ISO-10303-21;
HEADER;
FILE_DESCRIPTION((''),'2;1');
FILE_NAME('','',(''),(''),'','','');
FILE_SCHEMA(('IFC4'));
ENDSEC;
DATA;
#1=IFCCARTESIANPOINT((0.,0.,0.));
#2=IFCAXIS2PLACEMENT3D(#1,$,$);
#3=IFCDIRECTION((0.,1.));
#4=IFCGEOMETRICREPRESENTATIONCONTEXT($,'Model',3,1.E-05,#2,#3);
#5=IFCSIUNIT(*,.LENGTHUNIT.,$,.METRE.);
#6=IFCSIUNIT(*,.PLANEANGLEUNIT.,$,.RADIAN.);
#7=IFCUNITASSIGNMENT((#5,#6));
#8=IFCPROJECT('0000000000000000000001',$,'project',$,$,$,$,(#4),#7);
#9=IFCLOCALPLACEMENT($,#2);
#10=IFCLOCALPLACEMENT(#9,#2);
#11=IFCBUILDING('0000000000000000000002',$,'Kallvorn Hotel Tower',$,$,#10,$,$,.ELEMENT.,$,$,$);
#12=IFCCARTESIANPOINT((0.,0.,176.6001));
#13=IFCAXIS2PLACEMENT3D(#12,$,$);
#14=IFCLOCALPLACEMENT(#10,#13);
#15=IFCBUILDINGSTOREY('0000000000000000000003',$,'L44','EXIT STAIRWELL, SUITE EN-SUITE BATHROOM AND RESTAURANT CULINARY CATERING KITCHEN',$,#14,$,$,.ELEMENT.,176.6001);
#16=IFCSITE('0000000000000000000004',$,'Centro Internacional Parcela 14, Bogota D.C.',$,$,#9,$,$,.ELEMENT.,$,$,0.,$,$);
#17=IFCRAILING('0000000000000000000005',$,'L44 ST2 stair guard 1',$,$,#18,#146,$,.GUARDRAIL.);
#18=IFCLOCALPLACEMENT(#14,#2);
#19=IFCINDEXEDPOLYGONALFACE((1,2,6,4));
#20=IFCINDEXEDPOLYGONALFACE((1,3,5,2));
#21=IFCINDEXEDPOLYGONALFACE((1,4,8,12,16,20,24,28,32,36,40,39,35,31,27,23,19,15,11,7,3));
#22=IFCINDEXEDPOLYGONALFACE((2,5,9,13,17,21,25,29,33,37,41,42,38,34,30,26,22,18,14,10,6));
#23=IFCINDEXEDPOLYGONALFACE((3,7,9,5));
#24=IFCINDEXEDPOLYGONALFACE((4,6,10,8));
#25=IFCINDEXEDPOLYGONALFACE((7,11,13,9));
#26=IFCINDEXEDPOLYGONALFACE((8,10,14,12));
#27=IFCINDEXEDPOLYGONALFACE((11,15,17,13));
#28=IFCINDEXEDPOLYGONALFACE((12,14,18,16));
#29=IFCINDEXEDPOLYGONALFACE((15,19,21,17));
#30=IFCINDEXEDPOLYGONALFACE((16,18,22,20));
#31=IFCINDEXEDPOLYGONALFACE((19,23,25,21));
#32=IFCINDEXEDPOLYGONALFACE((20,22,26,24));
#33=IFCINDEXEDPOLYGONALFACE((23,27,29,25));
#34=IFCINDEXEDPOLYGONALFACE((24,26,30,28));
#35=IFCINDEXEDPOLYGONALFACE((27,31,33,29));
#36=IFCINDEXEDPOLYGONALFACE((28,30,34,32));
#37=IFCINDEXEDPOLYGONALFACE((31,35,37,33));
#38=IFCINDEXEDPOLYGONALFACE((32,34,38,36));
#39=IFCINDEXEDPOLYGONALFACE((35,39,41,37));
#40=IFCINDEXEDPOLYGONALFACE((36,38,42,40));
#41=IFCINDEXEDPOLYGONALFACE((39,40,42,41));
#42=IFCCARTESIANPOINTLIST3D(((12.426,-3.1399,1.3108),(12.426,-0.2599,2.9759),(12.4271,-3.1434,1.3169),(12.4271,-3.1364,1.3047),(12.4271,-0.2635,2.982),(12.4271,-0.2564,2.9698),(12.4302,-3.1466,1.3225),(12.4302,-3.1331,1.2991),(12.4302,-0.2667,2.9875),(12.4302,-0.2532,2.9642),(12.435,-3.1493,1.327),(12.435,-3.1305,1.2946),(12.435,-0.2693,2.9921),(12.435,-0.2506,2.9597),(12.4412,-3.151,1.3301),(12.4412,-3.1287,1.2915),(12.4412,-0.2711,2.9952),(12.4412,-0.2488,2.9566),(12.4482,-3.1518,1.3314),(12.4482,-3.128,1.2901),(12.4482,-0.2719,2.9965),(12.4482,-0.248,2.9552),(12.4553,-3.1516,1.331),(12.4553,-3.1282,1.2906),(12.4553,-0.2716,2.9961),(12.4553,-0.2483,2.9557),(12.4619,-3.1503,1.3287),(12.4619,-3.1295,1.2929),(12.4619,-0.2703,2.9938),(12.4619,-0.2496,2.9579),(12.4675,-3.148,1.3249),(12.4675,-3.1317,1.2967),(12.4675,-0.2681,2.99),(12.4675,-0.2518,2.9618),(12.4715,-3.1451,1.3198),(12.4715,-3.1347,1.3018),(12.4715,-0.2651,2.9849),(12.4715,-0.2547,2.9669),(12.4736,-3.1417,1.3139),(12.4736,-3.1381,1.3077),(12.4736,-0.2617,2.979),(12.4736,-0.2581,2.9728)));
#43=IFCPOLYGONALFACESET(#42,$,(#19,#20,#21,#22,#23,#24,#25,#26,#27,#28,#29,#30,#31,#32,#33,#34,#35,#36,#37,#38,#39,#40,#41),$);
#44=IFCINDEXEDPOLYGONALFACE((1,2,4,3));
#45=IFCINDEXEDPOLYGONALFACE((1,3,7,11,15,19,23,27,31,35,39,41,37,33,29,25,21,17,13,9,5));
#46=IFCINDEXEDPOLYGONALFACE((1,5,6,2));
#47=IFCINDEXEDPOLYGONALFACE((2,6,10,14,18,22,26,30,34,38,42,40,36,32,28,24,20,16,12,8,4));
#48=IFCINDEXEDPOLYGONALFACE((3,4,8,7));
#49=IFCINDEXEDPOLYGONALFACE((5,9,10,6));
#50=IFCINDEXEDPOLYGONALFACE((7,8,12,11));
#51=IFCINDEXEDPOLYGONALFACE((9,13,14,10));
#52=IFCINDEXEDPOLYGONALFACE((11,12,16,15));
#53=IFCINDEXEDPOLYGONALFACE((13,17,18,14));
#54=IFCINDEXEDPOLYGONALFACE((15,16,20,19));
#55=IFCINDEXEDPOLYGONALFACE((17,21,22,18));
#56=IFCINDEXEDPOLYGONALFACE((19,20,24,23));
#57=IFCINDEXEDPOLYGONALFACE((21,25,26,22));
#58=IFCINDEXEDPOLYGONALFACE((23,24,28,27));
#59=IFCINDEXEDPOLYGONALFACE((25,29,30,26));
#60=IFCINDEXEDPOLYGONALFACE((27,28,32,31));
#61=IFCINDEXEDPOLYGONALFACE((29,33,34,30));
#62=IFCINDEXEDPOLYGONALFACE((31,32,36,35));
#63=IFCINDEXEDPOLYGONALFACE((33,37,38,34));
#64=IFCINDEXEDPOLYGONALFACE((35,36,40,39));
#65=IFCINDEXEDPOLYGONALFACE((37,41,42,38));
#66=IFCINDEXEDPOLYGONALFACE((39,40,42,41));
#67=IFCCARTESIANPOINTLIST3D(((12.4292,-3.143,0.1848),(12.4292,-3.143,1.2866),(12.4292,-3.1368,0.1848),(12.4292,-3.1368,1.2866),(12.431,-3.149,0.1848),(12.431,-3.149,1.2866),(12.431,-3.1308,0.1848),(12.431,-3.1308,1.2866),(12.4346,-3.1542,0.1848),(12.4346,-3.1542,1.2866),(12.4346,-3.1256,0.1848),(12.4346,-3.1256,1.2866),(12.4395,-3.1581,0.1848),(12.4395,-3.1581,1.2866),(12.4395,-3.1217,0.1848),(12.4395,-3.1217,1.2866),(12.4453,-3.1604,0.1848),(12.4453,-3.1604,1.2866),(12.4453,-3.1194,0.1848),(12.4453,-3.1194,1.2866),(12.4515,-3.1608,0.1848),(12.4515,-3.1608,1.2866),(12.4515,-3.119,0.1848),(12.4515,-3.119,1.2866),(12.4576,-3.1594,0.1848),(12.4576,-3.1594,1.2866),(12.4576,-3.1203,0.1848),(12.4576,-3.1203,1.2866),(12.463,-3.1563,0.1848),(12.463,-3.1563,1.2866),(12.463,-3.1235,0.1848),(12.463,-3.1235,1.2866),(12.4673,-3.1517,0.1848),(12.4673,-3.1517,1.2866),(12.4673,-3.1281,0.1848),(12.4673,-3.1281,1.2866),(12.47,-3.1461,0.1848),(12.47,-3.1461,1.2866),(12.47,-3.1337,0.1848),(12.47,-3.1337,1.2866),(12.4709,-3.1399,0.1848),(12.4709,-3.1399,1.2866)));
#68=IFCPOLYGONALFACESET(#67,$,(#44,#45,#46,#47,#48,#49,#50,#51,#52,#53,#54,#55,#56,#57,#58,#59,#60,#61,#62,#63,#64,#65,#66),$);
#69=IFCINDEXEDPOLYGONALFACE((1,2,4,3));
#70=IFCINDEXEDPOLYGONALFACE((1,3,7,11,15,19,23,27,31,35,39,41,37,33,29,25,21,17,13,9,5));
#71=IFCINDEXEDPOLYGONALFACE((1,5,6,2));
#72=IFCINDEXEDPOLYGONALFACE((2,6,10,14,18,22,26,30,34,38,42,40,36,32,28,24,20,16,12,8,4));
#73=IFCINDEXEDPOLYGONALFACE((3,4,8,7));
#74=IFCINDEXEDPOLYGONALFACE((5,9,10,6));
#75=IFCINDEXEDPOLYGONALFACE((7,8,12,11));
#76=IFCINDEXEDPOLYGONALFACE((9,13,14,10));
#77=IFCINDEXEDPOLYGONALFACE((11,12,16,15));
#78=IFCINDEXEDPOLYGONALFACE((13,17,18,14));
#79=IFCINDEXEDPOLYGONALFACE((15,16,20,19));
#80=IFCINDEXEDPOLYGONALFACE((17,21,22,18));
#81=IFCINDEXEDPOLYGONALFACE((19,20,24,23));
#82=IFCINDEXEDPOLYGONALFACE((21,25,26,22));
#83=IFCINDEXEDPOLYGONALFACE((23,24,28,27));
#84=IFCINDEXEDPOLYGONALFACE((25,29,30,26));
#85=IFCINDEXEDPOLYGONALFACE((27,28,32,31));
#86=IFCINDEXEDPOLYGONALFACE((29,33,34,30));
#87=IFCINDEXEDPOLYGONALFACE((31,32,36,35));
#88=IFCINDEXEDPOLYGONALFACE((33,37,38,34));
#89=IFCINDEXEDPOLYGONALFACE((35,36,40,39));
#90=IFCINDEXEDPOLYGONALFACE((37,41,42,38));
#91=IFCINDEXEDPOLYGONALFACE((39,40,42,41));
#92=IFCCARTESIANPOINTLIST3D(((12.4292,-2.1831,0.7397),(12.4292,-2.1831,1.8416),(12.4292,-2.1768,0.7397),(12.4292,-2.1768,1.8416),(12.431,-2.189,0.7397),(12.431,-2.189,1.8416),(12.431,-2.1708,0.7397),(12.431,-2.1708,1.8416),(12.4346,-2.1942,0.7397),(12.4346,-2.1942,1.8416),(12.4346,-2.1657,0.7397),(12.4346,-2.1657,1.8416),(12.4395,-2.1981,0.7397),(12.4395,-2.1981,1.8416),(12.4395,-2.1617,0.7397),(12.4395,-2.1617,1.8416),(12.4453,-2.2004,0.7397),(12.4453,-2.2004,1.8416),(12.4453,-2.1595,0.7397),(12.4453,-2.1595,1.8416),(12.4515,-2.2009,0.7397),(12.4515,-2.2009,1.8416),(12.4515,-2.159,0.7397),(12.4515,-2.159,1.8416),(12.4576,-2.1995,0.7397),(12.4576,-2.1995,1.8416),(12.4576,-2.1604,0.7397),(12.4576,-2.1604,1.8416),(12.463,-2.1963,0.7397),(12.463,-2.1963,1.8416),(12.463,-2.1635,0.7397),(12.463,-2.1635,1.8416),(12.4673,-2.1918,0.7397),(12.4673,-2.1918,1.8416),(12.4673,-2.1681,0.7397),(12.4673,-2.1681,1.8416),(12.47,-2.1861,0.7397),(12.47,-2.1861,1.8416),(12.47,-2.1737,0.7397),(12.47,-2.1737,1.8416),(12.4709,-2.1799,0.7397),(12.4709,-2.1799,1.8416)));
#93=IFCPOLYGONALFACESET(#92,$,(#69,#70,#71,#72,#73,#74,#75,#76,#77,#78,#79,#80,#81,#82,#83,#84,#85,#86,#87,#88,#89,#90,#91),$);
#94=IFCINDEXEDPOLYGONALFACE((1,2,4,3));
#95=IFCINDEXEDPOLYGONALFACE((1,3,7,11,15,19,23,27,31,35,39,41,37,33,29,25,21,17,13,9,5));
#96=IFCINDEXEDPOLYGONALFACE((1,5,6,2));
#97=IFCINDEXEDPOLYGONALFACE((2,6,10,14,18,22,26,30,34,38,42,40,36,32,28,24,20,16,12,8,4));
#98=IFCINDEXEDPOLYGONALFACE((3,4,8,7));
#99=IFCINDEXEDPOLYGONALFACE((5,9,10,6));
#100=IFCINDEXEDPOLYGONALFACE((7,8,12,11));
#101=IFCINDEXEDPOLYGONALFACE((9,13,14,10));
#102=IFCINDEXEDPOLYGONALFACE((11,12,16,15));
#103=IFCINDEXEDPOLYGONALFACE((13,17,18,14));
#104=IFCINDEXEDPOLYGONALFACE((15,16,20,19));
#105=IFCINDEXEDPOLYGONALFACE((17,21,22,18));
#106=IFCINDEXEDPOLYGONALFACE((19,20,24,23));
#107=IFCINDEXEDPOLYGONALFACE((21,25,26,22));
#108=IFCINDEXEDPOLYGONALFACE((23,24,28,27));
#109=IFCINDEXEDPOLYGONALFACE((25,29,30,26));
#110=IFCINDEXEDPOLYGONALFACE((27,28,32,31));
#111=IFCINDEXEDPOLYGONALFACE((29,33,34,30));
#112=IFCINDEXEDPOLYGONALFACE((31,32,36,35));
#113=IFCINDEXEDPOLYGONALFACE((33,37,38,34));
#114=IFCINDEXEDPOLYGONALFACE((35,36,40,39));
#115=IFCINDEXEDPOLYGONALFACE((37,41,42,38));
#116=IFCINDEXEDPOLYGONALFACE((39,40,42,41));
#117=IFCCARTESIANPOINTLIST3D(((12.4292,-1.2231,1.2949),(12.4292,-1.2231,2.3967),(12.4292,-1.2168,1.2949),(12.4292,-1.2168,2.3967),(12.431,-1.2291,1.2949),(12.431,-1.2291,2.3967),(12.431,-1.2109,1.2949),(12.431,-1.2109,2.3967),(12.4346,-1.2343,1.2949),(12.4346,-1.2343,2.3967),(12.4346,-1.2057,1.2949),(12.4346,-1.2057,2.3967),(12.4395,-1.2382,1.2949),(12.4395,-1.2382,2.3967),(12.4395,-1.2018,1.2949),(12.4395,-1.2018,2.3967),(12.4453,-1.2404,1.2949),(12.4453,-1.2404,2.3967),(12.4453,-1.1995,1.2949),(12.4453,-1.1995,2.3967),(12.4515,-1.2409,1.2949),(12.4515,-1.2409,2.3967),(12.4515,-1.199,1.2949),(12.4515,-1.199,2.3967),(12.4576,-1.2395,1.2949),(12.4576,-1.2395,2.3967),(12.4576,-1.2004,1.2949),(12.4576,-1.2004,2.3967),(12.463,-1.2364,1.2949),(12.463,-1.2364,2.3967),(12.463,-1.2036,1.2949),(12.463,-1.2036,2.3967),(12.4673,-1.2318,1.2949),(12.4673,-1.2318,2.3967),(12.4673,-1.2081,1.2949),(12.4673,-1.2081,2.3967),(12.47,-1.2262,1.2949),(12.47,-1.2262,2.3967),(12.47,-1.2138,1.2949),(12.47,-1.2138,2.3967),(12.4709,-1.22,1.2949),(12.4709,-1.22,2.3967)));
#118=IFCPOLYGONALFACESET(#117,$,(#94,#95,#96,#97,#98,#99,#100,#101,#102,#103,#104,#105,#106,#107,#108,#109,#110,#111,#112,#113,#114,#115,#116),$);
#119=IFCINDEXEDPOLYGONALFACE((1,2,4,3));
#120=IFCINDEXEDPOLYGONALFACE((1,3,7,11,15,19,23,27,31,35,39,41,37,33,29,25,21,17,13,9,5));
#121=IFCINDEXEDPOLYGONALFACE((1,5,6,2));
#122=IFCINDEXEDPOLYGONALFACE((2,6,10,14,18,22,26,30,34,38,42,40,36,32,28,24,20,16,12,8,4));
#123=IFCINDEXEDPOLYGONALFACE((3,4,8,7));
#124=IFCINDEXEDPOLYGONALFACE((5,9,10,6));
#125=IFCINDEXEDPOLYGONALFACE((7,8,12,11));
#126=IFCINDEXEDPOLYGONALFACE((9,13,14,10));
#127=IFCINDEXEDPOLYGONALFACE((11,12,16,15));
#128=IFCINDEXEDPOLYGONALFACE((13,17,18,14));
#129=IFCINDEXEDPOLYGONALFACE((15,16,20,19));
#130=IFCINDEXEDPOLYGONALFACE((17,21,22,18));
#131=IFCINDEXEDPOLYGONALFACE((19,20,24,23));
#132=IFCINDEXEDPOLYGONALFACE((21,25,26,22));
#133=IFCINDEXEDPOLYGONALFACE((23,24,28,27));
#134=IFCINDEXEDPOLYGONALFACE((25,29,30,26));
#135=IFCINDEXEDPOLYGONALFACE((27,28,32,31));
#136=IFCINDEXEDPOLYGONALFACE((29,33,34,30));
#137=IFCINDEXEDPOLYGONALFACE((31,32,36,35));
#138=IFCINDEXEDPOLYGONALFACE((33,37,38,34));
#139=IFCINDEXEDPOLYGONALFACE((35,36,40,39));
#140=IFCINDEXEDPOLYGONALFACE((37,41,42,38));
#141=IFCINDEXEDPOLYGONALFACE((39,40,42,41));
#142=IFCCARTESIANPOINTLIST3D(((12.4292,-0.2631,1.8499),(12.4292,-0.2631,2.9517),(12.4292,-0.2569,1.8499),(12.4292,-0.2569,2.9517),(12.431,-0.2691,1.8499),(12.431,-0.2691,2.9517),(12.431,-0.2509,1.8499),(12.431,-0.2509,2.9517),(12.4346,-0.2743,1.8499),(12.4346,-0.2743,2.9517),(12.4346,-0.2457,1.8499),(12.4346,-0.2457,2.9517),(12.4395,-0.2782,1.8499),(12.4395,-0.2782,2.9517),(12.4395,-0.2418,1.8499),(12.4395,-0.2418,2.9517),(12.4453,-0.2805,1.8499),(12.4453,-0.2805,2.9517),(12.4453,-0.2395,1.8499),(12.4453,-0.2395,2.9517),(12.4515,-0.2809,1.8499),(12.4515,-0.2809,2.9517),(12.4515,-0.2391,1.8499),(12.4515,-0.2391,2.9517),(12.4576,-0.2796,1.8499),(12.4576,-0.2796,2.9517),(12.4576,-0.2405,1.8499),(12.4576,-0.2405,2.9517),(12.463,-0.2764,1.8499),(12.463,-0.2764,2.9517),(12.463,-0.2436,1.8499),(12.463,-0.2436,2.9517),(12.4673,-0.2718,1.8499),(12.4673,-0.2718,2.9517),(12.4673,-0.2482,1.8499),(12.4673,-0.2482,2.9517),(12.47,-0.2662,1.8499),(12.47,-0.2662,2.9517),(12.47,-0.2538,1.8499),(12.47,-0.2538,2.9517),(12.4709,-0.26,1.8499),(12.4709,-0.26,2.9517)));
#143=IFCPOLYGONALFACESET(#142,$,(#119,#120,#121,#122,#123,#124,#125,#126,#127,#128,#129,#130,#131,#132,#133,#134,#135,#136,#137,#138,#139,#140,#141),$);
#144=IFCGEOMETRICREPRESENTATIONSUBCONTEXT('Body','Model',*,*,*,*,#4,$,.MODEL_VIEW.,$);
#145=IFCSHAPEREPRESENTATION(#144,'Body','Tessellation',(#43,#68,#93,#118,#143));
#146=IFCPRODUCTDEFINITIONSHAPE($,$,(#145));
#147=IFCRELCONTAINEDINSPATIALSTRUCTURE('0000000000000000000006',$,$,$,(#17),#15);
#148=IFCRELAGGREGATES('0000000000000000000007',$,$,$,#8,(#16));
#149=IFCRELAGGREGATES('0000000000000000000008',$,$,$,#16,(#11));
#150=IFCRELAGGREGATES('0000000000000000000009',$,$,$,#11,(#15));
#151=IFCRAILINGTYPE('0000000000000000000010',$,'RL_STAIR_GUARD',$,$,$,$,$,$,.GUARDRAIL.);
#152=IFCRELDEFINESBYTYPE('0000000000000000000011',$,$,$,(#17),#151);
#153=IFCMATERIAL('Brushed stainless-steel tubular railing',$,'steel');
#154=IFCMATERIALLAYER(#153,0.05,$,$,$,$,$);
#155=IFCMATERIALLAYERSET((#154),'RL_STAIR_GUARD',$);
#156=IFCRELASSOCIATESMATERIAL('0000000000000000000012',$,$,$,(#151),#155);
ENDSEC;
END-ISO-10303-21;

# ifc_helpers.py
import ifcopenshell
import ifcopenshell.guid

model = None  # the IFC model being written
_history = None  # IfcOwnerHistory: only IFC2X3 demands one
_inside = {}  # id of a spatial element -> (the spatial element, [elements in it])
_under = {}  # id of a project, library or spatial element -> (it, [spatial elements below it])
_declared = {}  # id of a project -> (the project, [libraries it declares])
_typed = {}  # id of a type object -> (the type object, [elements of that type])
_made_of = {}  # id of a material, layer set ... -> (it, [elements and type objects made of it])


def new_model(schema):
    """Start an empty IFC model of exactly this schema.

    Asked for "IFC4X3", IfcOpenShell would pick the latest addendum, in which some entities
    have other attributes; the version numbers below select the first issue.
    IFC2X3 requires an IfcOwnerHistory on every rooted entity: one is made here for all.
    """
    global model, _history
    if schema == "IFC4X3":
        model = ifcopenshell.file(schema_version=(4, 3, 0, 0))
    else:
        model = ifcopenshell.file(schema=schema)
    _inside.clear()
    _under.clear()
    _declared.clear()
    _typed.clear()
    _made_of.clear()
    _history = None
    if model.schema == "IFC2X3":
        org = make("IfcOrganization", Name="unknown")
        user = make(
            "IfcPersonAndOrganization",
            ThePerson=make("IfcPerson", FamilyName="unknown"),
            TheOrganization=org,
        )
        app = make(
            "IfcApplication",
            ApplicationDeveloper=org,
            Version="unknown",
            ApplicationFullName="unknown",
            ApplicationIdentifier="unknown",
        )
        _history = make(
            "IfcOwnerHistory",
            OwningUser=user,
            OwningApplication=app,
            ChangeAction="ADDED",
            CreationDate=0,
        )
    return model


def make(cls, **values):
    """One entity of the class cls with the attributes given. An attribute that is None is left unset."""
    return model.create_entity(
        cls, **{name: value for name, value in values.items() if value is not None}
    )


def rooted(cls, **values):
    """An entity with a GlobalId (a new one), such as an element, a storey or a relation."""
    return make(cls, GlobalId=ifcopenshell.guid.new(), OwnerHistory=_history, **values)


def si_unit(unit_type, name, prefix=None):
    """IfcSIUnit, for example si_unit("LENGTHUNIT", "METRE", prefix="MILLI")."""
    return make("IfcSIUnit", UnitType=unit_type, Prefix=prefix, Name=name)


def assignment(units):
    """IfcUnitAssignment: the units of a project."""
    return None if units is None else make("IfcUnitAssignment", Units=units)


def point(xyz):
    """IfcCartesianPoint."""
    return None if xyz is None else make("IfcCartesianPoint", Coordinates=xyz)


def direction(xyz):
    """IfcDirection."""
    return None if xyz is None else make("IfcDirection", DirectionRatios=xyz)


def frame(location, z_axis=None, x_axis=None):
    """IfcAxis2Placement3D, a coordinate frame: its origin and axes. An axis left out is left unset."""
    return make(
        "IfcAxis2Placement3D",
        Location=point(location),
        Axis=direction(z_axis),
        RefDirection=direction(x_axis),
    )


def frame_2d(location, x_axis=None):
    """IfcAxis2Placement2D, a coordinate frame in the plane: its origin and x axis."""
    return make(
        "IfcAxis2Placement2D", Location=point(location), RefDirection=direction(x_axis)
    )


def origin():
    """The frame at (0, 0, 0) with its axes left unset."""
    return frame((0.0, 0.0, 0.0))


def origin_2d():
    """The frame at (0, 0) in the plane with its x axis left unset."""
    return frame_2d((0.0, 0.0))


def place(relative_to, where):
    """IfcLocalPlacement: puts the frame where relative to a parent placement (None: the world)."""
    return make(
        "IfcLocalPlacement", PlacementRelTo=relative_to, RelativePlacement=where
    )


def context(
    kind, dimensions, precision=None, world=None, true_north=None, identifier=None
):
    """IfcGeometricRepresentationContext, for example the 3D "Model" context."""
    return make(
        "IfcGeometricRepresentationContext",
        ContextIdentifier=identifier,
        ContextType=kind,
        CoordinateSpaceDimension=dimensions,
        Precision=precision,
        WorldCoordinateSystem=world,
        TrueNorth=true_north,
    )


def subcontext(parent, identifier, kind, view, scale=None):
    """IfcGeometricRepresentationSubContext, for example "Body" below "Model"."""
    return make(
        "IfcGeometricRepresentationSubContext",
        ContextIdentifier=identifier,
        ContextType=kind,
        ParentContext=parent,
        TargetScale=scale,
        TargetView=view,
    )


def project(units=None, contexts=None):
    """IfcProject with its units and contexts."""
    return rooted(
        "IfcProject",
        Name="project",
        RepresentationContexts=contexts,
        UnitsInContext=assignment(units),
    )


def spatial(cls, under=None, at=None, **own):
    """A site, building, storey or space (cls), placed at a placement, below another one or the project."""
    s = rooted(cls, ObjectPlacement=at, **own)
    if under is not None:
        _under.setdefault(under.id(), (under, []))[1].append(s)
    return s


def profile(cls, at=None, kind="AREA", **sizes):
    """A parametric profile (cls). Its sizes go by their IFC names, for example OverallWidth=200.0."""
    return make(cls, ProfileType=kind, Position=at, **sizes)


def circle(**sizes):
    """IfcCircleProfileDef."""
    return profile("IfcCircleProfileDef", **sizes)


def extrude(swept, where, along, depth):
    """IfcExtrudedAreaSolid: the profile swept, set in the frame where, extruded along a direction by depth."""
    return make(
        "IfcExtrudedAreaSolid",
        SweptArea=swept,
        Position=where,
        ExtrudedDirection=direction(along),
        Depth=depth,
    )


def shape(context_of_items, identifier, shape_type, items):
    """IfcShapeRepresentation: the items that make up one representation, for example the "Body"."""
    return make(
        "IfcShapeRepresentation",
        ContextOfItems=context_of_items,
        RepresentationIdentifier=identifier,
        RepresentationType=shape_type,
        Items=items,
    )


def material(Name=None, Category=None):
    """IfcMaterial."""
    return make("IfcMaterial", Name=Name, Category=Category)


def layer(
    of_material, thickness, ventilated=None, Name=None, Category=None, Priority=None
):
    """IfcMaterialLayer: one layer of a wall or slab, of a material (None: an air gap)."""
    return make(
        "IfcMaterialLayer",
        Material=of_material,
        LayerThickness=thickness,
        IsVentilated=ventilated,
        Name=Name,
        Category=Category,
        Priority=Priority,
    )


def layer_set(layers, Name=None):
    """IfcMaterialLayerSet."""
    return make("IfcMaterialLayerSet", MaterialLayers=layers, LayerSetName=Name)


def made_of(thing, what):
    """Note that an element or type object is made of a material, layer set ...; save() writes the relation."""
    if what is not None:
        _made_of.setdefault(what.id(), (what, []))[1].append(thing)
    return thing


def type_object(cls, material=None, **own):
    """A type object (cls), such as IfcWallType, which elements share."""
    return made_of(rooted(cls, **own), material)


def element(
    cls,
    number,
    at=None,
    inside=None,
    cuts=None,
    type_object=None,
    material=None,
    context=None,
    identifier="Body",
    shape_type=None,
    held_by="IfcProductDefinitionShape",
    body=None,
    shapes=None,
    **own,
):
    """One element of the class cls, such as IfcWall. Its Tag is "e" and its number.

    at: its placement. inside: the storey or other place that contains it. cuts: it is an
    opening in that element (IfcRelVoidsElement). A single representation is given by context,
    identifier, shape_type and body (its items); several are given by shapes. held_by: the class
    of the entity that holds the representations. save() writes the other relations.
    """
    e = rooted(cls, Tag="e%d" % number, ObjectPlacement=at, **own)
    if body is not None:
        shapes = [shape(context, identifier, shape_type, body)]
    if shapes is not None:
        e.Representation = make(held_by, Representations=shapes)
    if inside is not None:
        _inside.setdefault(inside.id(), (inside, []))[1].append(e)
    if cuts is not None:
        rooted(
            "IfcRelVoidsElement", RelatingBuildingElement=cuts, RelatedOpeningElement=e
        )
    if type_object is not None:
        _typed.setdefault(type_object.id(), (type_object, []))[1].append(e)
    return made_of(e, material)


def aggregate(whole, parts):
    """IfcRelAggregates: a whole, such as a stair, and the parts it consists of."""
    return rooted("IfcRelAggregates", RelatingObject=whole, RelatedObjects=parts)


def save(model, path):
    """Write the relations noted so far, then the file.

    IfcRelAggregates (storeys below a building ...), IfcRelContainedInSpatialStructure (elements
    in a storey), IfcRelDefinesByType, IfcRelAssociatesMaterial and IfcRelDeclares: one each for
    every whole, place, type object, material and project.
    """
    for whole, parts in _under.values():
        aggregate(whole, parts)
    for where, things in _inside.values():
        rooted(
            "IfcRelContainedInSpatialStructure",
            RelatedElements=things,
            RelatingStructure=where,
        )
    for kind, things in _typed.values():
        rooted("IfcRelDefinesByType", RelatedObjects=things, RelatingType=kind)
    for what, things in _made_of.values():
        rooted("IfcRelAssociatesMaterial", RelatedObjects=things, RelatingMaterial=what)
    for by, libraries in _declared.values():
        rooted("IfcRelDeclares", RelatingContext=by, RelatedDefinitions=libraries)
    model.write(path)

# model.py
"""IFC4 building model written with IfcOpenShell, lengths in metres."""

from ifc_helpers import new_model, si_unit, direction, frame, origin, origin_2d, place, context, subcontext, project, spatial, circle, extrude, material, layer, layer_set, type_object, element, save


model = new_model("IFC4")

# Units and contexts
model_context = context("Model", 3, precision=1e-05, world=origin(), true_north=direction((0.0, 1.0)))
body_context = subcontext(model_context, "Body", "Model", "MODEL_VIEW")
ifc_project = project(units=[si_unit("LENGTHUNIT", "METRE"), si_unit("PLANEANGLEUNIT", "RADIAN")], contexts=[model_context])

# Site, building, storey
site_placement = place(None, origin())
site = spatial("IfcSite", under=ifc_project, at=site_placement, Name="Centro Internacional Parcela 14, Bogota D.C.", CompositionType="ELEMENT", RefElevation=0.0)
building_placement = place(site_placement, origin())
building = spatial("IfcBuilding", under=site, at=building_placement, Name="Kallvorn Hotel Tower", CompositionType="ELEMENT")
storey_placement = place(building_placement, frame((0.0, 0.0, 176.6001)))
storey = spatial("IfcBuildingStorey", under=building, at=storey_placement, Name="L44", Description="EXIT STAIRWELL, SUITE EN-SUITE BATHROOM AND RESTAURANT CULINARY CATERING KITCHEN", CompositionType="ELEMENT", Elevation=176.6001)

# Railing
ifc_material_1 = material(Name="Brushed stainless-steel tubular railing", Category="steel")
ifc_layer_1 = layer(ifc_material_1, 0.05)
ifc_layer_set_1 = layer_set([ifc_layer_1], Name="RL_STAIR_GUARD")
railing_type_1 = type_object("IfcRailingType", Name="RL_STAIR_GUARD", PredefinedType="GUARDRAIL", material=ifc_layer_set_1)
railing_1_placement = place(storey_placement, frame((12.45, -3.1399, 0.1848)))
element("IfcRailing", 1, at=railing_1_placement, inside=storey, type_object=railing_type_1, Name="L44 ST2 stair guard 1", PredefinedType="GUARDRAIL", context=body_context, shape_type="SweptSolid", body=[
    extrude(circle(Radius=0.0239, at=origin_2d()), frame((0.0, 0.0, 1.126), z_axis=(0.0, 0.865721, 0.500527), x_axis=(-1.0, 0.0, 0.0)), (0.0, 0.0, 1.0), 3.3267),
    extrude(circle(Radius=0.021, at=origin_2d()), origin(), (0.0, 0.0, 1.0), 1.1018),
    extrude(circle(Radius=0.021, at=origin_2d()), frame((0.0, 0.96, 0.5549)), (0.0, 0.0, 1.0), 1.1018),
    extrude(circle(Radius=0.021, at=origin_2d()), frame((0.0, 1.9199, 1.1101)), (0.0, 0.0, 1.0), 1.1018),
    extrude(circle(Radius=0.021, at=origin_2d()), frame((0.0, 2.8799, 1.665)), (0.0, 0.0, 1.0), 1.1018),
])

save(model, "model.ifc")
